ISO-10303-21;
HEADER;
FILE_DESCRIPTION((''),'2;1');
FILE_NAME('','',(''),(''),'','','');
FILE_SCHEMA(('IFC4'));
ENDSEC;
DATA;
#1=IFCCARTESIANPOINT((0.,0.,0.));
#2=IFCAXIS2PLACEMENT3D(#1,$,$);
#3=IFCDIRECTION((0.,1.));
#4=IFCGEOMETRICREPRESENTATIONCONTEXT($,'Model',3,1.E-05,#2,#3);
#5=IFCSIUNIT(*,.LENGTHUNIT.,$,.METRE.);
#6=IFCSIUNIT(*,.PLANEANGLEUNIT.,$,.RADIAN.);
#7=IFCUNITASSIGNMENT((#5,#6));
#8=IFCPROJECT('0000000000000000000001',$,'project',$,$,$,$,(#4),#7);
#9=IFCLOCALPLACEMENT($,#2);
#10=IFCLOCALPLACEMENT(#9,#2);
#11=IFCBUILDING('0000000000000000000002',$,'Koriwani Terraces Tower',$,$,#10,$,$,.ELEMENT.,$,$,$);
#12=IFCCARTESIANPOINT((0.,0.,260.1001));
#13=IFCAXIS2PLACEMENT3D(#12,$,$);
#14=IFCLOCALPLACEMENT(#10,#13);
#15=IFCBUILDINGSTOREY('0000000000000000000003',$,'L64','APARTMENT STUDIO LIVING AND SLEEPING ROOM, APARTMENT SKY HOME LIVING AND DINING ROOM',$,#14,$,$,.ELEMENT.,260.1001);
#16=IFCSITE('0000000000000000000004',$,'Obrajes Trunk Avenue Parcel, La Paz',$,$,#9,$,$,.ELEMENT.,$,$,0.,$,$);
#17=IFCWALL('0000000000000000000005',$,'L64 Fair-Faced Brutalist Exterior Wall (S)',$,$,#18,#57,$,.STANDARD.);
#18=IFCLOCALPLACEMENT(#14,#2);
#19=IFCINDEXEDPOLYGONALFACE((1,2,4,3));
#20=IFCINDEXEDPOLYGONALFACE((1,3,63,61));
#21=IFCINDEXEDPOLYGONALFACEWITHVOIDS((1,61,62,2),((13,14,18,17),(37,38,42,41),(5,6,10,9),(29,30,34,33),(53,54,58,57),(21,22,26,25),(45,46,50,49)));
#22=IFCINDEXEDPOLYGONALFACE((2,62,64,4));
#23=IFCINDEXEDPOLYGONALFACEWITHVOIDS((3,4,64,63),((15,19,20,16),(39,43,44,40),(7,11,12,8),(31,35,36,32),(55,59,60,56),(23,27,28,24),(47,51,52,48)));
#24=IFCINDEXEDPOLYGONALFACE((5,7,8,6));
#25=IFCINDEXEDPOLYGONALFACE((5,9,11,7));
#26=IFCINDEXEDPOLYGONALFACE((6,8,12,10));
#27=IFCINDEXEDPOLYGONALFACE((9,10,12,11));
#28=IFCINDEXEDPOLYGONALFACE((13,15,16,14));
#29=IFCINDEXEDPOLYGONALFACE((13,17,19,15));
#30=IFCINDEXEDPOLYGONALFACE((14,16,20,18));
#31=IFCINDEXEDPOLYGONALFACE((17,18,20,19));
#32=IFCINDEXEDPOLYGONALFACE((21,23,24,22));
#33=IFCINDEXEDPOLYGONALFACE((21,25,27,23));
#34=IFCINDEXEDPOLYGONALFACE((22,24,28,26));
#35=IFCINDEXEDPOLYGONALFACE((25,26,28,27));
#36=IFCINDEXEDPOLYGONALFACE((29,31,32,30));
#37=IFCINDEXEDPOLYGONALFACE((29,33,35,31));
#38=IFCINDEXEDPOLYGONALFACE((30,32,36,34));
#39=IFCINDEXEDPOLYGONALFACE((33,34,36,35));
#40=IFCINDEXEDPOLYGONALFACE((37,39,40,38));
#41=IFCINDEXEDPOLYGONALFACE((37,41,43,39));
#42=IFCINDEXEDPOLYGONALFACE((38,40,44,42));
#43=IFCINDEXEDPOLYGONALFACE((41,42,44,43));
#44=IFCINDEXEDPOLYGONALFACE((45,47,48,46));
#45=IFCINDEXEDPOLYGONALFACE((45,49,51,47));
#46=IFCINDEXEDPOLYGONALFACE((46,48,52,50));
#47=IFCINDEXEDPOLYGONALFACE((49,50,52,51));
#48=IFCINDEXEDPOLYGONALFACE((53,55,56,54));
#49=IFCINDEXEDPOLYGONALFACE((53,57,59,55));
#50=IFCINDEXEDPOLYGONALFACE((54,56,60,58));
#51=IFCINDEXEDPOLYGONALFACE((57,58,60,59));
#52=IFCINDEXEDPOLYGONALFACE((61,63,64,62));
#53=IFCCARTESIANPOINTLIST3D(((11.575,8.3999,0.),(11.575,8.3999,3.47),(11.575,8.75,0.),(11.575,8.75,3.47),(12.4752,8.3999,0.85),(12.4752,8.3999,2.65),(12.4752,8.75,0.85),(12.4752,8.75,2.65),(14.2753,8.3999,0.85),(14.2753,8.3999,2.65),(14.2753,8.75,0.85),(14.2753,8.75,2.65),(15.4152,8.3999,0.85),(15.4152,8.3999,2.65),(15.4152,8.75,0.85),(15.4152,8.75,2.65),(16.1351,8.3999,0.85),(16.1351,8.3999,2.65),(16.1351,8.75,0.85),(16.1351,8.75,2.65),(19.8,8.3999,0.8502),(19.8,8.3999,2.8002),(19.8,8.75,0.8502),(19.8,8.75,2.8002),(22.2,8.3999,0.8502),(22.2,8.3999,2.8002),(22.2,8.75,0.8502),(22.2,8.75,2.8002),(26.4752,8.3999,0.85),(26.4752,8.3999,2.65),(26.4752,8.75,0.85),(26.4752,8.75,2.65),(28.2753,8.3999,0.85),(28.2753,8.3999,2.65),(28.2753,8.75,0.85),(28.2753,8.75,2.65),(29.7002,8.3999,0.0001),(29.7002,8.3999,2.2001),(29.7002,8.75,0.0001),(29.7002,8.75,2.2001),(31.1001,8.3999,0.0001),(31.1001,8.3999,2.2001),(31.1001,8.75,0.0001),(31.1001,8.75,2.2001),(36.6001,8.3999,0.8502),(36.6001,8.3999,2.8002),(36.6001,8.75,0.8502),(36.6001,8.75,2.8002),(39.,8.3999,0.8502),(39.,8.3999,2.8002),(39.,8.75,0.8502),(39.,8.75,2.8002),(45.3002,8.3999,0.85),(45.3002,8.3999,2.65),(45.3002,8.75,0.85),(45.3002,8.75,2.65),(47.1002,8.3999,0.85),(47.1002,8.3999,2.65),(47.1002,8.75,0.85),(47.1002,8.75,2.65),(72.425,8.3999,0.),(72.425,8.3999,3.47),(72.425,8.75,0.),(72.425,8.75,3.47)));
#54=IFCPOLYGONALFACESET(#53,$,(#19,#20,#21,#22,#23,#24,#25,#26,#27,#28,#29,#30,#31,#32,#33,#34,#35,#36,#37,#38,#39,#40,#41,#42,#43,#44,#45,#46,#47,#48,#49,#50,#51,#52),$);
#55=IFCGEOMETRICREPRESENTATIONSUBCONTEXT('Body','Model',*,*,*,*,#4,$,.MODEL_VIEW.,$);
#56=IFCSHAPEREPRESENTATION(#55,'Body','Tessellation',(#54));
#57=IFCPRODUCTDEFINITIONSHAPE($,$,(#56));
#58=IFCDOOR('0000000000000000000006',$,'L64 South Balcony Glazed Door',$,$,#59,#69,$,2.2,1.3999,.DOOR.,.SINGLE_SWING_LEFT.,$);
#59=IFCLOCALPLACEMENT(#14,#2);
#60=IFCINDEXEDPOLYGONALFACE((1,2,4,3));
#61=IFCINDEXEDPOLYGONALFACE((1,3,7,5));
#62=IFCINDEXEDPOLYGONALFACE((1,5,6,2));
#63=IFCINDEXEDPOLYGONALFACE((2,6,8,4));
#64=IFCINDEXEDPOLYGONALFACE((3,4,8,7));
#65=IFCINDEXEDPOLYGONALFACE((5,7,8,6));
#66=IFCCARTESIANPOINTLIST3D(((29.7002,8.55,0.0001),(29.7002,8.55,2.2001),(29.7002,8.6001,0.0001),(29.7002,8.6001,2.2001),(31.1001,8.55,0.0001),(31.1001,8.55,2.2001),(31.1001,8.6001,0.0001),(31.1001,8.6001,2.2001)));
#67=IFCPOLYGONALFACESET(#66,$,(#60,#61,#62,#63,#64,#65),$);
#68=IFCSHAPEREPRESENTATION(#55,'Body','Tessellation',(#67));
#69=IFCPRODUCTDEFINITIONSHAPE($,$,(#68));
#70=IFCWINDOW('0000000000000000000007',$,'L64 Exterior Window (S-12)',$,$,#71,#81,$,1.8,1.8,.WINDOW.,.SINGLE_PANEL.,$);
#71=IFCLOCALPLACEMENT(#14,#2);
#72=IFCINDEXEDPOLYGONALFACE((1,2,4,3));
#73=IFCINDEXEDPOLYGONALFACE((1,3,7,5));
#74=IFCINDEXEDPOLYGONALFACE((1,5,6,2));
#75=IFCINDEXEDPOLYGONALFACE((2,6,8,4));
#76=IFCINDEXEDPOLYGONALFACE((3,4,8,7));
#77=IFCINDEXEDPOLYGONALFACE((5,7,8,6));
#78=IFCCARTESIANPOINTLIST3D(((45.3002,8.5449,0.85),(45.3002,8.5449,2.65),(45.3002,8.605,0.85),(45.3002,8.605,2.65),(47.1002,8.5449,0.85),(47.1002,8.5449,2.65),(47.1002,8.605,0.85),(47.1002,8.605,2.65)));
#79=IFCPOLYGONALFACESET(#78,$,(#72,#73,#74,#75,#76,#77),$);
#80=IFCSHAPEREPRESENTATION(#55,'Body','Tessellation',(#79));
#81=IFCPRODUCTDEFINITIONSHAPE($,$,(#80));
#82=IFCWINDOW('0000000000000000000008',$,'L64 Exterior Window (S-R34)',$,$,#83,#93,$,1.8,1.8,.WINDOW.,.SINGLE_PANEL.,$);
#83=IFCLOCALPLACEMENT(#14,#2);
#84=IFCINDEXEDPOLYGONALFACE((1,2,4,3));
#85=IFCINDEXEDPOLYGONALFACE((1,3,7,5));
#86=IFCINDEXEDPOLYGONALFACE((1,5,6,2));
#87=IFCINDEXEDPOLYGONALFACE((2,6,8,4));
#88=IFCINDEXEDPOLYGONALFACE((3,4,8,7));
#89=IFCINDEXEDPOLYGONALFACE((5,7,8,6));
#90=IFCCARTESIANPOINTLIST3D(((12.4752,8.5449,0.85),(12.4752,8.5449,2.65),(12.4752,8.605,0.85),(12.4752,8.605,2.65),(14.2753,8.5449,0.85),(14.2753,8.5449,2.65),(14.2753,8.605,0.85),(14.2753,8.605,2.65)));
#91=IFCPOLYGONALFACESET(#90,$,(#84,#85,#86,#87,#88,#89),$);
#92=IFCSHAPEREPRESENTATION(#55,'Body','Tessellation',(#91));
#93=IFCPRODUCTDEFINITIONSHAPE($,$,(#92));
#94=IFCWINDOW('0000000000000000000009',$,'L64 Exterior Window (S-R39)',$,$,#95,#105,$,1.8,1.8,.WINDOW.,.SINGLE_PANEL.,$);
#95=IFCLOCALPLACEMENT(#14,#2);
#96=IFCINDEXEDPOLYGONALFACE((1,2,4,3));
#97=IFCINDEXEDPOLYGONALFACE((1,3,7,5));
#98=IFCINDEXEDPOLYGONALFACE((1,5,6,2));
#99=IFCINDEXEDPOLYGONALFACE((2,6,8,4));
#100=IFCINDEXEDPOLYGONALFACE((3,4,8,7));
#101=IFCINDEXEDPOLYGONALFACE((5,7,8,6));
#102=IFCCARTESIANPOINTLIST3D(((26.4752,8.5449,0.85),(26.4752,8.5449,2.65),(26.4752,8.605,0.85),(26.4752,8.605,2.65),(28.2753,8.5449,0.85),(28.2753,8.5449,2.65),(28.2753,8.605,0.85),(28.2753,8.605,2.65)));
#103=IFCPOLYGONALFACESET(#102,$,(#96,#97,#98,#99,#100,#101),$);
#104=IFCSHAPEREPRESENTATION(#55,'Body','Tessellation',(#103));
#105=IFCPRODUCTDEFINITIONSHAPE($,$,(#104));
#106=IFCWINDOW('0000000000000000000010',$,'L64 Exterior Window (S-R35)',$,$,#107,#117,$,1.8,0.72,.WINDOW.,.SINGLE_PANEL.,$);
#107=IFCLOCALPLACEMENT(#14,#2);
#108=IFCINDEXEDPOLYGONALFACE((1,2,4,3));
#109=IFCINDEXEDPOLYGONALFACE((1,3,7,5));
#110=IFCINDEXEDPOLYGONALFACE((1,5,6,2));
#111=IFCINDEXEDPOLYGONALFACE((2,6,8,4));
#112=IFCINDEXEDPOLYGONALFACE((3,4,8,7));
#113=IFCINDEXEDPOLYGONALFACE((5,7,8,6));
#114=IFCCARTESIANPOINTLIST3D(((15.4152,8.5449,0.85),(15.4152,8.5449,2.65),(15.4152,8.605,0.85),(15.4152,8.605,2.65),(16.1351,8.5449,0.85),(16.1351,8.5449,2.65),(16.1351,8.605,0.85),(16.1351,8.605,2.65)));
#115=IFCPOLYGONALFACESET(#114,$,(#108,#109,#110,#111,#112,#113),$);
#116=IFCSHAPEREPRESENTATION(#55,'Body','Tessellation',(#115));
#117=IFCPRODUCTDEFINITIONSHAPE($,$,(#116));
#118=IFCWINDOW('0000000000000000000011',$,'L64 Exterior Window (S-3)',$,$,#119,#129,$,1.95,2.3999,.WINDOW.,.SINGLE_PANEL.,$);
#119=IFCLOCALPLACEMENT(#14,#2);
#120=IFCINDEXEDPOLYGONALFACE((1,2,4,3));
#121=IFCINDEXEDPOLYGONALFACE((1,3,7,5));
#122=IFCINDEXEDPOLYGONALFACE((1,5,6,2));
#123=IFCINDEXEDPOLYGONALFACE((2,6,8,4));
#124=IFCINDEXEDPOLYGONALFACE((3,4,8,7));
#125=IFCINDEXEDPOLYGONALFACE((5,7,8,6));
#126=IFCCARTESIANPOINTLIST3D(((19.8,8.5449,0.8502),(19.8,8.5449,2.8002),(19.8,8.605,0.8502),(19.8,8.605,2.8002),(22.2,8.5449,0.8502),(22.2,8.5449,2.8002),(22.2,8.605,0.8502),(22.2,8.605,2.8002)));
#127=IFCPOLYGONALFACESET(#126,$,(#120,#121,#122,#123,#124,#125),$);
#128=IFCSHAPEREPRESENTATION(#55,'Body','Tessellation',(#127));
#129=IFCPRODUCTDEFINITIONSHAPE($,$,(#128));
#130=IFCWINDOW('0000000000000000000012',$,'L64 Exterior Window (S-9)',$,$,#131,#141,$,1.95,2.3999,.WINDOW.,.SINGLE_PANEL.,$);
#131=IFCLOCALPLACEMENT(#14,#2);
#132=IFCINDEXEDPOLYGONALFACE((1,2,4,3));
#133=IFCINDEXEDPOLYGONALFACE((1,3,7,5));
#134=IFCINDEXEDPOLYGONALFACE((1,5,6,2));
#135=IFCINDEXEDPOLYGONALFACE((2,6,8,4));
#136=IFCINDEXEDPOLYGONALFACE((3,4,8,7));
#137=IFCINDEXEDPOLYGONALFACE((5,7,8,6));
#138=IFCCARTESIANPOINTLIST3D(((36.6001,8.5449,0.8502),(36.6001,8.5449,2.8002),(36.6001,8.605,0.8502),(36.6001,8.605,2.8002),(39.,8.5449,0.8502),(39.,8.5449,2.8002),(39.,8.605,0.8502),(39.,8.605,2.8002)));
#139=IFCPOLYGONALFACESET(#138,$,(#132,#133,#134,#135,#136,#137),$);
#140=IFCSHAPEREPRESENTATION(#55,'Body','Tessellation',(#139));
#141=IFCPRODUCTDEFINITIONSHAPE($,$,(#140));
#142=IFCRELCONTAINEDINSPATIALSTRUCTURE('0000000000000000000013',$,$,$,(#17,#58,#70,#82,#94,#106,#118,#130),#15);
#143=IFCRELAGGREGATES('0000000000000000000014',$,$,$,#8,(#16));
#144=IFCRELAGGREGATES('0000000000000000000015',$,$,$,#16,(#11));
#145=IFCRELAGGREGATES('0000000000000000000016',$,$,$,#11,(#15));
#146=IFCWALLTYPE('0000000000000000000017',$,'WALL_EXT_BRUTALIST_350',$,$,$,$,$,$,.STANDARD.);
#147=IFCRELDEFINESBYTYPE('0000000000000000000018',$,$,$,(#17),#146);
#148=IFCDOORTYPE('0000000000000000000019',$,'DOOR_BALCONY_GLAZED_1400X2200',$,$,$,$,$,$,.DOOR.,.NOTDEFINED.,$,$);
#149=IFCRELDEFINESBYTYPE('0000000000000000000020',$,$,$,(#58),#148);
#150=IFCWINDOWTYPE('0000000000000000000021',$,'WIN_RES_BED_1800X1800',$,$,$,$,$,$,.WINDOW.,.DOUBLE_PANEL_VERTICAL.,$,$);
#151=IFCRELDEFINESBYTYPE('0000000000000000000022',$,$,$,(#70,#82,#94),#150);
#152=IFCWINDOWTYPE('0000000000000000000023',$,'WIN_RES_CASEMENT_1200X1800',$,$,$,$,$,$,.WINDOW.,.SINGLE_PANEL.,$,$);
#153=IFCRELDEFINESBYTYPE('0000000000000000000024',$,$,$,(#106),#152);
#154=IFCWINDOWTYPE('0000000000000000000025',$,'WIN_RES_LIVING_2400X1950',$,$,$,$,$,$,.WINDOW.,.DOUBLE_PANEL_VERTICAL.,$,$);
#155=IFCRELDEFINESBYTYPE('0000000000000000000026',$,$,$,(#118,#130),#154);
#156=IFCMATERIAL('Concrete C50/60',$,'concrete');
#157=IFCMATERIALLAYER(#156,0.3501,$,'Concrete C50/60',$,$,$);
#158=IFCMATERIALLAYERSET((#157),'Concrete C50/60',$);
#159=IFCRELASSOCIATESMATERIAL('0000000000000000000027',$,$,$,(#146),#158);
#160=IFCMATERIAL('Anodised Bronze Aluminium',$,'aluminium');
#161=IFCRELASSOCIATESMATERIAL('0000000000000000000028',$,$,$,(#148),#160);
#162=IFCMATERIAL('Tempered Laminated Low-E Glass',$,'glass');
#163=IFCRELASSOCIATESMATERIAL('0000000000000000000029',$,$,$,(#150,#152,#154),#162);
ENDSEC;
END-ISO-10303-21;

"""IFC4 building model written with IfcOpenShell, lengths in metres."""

from ifc_helpers import new_model, si_unit, direction, frame, frame_2d, origin, place, context, subcontext, project, spatial, rectangle, extrude, material, layer, layer_set, type_object, element, fill, save


model = new_model("IFC4")

# Units and contexts
model_context = context("Model", 3, precision=1e-05, world=origin(), true_north=direction((0.0, 1.0)))
body_context = subcontext(model_context, "Body", "Model", "MODEL_VIEW")
ifc_project = project(units=[si_unit("LENGTHUNIT", "METRE"), si_unit("PLANEANGLEUNIT", "RADIAN")], contexts=[model_context])

# Site, building, storey
site_placement = place(None, origin())
site = spatial("IfcSite", under=ifc_project, at=site_placement, Name="Obrajes Trunk Avenue Parcel, La Paz", CompositionType="ELEMENT", RefElevation=0.0)
building_placement = place(site_placement, origin())
building = spatial("IfcBuilding", under=site, at=building_placement, Name="Koriwani Terraces Tower", CompositionType="ELEMENT")
storey_placement = place(building_placement, frame((0.0, 0.0, 260.1001)))
storey = spatial("IfcBuildingStorey", under=building, at=storey_placement, Name="L64", Description="APARTMENT STUDIO LIVING AND SLEEPING ROOM, APARTMENT SKY HOME LIVING AND DINING ROOM", CompositionType="ELEMENT", Elevation=260.1001)

# Shared definitions
ifc_material_1 = material(Name="Concrete C50/60", Category="concrete")

# Shared definitions
ifc_layer_1 = layer(ifc_material_1, 0.3501, Name="Concrete C50/60")
ifc_layer_set_1 = layer_set([ifc_layer_1], Name="Concrete C50/60")
wall_type_1 = type_object("IfcWallType", Name="WALL_EXT_BRUTALIST_350", PredefinedType="STANDARD", material=ifc_layer_set_1)

# Wall, openings, door, windows
wall_1_placement = place(storey_placement, frame((72.425, 8.575, 0.0), z_axis=(0.0, 0.0, 1.0), x_axis=(-1.0, 0.0, 0.0)))
wall_1 = element("IfcWall", 1, at=wall_1_placement, inside=storey, type_object=wall_type_1, Name="L64 Fair-Faced Brutalist Exterior Wall (S)", PredefinedType="STANDARD", context=body_context, shape_type="SweptSolid", body=[
    extrude(rectangle(XDim=60.8501, YDim=0.3501, at=frame_2d((30.425, 0.0))), origin(), (0.0, 0.0, 1.0), 3.47),
])
opening_1_placement = place(wall_1_placement, frame((41.325, 0.0, 0.0)))
opening_1 = element("IfcOpeningElement", 2, at=opening_1_placement, cuts=wall_1, PredefinedType="OPENING", context=body_context, shape_type="SweptSolid", body=[
    extrude(rectangle(XDim=1.3999, YDim=2.2, at=frame_2d((0.7, 1.1001))), frame((0.0, 0.1851, 0.0), z_axis=(0.0, -1.0, 0.0), x_axis=(1.0, 0.0, 0.0)), (0.0, 0.0, 1.0), 0.3701),
])
opening_2_placement = place(wall_1_placement, frame((50.2251, 0.0, 0.8501)))
opening_2 = element("IfcOpeningElement", 3, at=opening_2_placement, cuts=wall_1, PredefinedType="OPENING", context=body_context, shape_type="SweptSolid", body=[
    extrude(rectangle(XDim=2.3999, YDim=1.95, at=frame_2d((1.2, 0.9751))), frame((0.0, 0.1851, 0.0), z_axis=(0.0, -1.0, 0.0), x_axis=(1.0, 0.0, 0.0)), (0.0, 0.0, 1.0), 0.3701),
])
opening_3_placement = place(wall_1_placement, frame((33.425, 0.0, 0.8501)))
opening_3 = element("IfcOpeningElement", 4, at=opening_3_placement, cuts=wall_1, PredefinedType="OPENING", context=body_context, shape_type="SweptSolid", body=[
    extrude(rectangle(XDim=2.3999, YDim=1.95, at=frame_2d((1.2, 0.9751))), frame((0.0, 0.1851, 0.0), z_axis=(0.0, -1.0, 0.0), x_axis=(1.0, 0.0, 0.0)), (0.0, 0.0, 1.0), 0.3701),
])
opening_4_placement = place(wall_1_placement, frame((25.325, 0.0, 0.8501)))
opening_4 = element("IfcOpeningElement", 5, at=opening_4_placement, cuts=wall_1, PredefinedType="OPENING", context=body_context, shape_type="SweptSolid", body=[
    extrude(rectangle(XDim=1.8, YDim=1.8, at=frame_2d((0.8999, 0.8999))), frame((0.0, 0.1851, 0.0), z_axis=(0.0, -1.0, 0.0), x_axis=(1.0, 0.0, 0.0)), (0.0, 0.0, 1.0), 0.3701),
])
opening_5_placement = place(wall_1_placement, frame((58.1499, 0.0, 0.8501)))
opening_5 = element("IfcOpeningElement", 6, at=opening_5_placement, cuts=wall_1, PredefinedType="OPENING", context=body_context, shape_type="SweptSolid", body=[
    extrude(rectangle(XDim=1.8, YDim=1.8, at=frame_2d((0.8999, 0.8999))), frame((0.0, 0.1851, 0.0), z_axis=(0.0, -1.0, 0.0), x_axis=(1.0, 0.0, 0.0)), (0.0, 0.0, 1.0), 0.3701),
])
opening_6_placement = place(wall_1_placement, frame((56.29, 0.0, 0.8501)))
opening_6 = element("IfcOpeningElement", 7, at=opening_6_placement, cuts=wall_1, PredefinedType="OPENING", context=body_context, shape_type="SweptSolid", body=[
    extrude(rectangle(XDim=0.72, YDim=1.8, at=frame_2d((0.3599, 0.8999))), frame((0.0, 0.1851, 0.0), z_axis=(0.0, -1.0, 0.0), x_axis=(1.0, 0.0, 0.0)), (0.0, 0.0, 1.0), 0.3701),
])
opening_7_placement = place(wall_1_placement, frame((44.1499, 0.0, 0.8501)))
opening_7 = element("IfcOpeningElement", 8, at=opening_7_placement, cuts=wall_1, PredefinedType="OPENING", context=body_context, shape_type="SweptSolid", body=[
    extrude(rectangle(XDim=1.8, YDim=1.8, at=frame_2d((0.8999, 0.8999))), frame((0.0, 0.1851, 0.0), z_axis=(0.0, -1.0, 0.0), x_axis=(1.0, 0.0, 0.0)), (0.0, 0.0, 1.0), 0.3701),
])
ifc_material_2 = material(Name="Anodised Bronze Aluminium", Category="aluminium")
door_type_1 = type_object("IfcDoorType", Name="DOOR_BALCONY_GLAZED_1400X2200", OperationType="NOTDEFINED", PredefinedType="DOOR", material=ifc_material_2)
door_1_placement = place(opening_1_placement, origin())
door_1 = element("IfcDoor", 9, at=door_1_placement, inside=storey, type_object=door_type_1, Name="L64 South Balcony Glazed Door", OperationType="SINGLE_SWING_LEFT", OverallHeight=2.2, OverallWidth=1.3999, PredefinedType="DOOR", context=body_context, shape_type="SweptSolid", body=[
    extrude(rectangle(XDim=1.3999, YDim=2.2, at=frame_2d((0.7, 1.1001))), frame((0.0, 0.0249, 0.0), z_axis=(0.0, -1.0, 0.0), x_axis=(1.0, 0.0, 0.0)), (0.0, 0.0, 1.0), 0.05),
])
fill(opening_1, door_1)
ifc_material_3 = material(Name="Tempered Laminated Low-E Glass", Category="glass")
window_type_1 = type_object("IfcWindowType", Name="WIN_RES_BED_1800X1800", PartitioningType="DOUBLE_PANEL_VERTICAL", PredefinedType="WINDOW", material=ifc_material_3)
window_1_placement = place(opening_4_placement, origin())
window_1 = element("IfcWindow", 10, at=window_1_placement, inside=storey, type_object=window_type_1, Name="L64 Exterior Window (S-12)", OverallHeight=1.8, OverallWidth=1.8, PartitioningType="SINGLE_PANEL", PredefinedType="WINDOW", context=body_context, shape_type="SweptSolid", body=[
    extrude(rectangle(XDim=1.8, YDim=1.8, at=frame_2d((0.8999, 0.8999))), frame((0.0, 0.03, 0.0), z_axis=(0.0, -1.0, 0.0), x_axis=(1.0, 0.0, 0.0)), (0.0, 0.0, 1.0), 0.0601),
])
fill(opening_4, window_1)
window_2_placement = place(opening_5_placement, origin())
window_2 = element("IfcWindow", 11, at=window_2_placement, inside=storey, type_object=window_type_1, Name="L64 Exterior Window (S-R34)", OverallHeight=1.8, OverallWidth=1.8, PartitioningType="SINGLE_PANEL", PredefinedType="WINDOW", context=body_context, shape_type="SweptSolid", body=[
    extrude(rectangle(XDim=1.8, YDim=1.8, at=frame_2d((0.8999, 0.8999))), frame((0.0, 0.03, 0.0), z_axis=(0.0, -1.0, 0.0), x_axis=(1.0, 0.0, 0.0)), (0.0, 0.0, 1.0), 0.0601),
])
fill(opening_5, window_2)
window_3_placement = place(opening_7_placement, origin())
window_3 = element("IfcWindow", 12, at=window_3_placement, inside=storey, type_object=window_type_1, Name="L64 Exterior Window (S-R39)", OverallHeight=1.8, OverallWidth=1.8, PartitioningType="SINGLE_PANEL", PredefinedType="WINDOW", context=body_context, shape_type="SweptSolid", body=[
    extrude(rectangle(XDim=1.8, YDim=1.8, at=frame_2d((0.8999, 0.8999))), frame((0.0, 0.03, 0.0), z_axis=(0.0, -1.0, 0.0), x_axis=(1.0, 0.0, 0.0)), (0.0, 0.0, 1.0), 0.0601),
])
fill(opening_7, window_3)
window_type_2 = type_object("IfcWindowType", Name="WIN_RES_CASEMENT_1200X1800", PartitioningType="SINGLE_PANEL", PredefinedType="WINDOW", material=ifc_material_3)
window_4_placement = place(opening_6_placement, origin())
window_4 = element("IfcWindow", 13, at=window_4_placement, inside=storey, type_object=window_type_2, Name="L64 Exterior Window (S-R35)", OverallHeight=1.8, OverallWidth=0.72, PartitioningType="SINGLE_PANEL", PredefinedType="WINDOW", context=body_context, shape_type="SweptSolid", body=[
    extrude(rectangle(XDim=0.72, YDim=1.8, at=frame_2d((0.3599, 0.8999))), frame((0.0, 0.03, 0.0), z_axis=(0.0, -1.0, 0.0), x_axis=(1.0, 0.0, 0.0)), (0.0, 0.0, 1.0), 0.0601),
])
fill(opening_6, window_4)
window_type_3 = type_object("IfcWindowType", Name="WIN_RES_LIVING_2400X1950", PartitioningType="DOUBLE_PANEL_VERTICAL", PredefinedType="WINDOW", material=ifc_material_3)
window_5_placement = place(opening_2_placement, origin())
window_5 = element("IfcWindow", 14, at=window_5_placement, inside=storey, type_object=window_type_3, Name="L64 Exterior Window (S-3)", OverallHeight=1.95, OverallWidth=2.3999, PartitioningType="SINGLE_PANEL", PredefinedType="WINDOW", context=body_context, shape_type="SweptSolid", body=[
    extrude(rectangle(XDim=2.3999, YDim=1.95, at=frame_2d((1.2, 0.9751))), frame((0.0, 0.03, 0.0), z_axis=(0.0, -1.0, 0.0), x_axis=(1.0, 0.0, 0.0)), (0.0, 0.0, 1.0), 0.0601),
])
fill(opening_2, window_5)
window_6_placement = place(opening_3_placement, origin())
window_6 = element("IfcWindow", 15, at=window_6_placement, inside=storey, type_object=window_type_3, Name="L64 Exterior Window (S-9)", OverallHeight=1.95, OverallWidth=2.3999, PartitioningType="SINGLE_PANEL", PredefinedType="WINDOW", context=body_context, shape_type="SweptSolid", body=[
    extrude(rectangle(XDim=2.3999, YDim=1.95, at=frame_2d((1.2, 0.9751))), frame((0.0, 0.03, 0.0), z_axis=(0.0, -1.0, 0.0), x_axis=(1.0, 0.0, 0.0)), (0.0, 0.0, 1.0), 0.0601),
])
fill(opening_3, window_6)

save(model, "model.ifc")
